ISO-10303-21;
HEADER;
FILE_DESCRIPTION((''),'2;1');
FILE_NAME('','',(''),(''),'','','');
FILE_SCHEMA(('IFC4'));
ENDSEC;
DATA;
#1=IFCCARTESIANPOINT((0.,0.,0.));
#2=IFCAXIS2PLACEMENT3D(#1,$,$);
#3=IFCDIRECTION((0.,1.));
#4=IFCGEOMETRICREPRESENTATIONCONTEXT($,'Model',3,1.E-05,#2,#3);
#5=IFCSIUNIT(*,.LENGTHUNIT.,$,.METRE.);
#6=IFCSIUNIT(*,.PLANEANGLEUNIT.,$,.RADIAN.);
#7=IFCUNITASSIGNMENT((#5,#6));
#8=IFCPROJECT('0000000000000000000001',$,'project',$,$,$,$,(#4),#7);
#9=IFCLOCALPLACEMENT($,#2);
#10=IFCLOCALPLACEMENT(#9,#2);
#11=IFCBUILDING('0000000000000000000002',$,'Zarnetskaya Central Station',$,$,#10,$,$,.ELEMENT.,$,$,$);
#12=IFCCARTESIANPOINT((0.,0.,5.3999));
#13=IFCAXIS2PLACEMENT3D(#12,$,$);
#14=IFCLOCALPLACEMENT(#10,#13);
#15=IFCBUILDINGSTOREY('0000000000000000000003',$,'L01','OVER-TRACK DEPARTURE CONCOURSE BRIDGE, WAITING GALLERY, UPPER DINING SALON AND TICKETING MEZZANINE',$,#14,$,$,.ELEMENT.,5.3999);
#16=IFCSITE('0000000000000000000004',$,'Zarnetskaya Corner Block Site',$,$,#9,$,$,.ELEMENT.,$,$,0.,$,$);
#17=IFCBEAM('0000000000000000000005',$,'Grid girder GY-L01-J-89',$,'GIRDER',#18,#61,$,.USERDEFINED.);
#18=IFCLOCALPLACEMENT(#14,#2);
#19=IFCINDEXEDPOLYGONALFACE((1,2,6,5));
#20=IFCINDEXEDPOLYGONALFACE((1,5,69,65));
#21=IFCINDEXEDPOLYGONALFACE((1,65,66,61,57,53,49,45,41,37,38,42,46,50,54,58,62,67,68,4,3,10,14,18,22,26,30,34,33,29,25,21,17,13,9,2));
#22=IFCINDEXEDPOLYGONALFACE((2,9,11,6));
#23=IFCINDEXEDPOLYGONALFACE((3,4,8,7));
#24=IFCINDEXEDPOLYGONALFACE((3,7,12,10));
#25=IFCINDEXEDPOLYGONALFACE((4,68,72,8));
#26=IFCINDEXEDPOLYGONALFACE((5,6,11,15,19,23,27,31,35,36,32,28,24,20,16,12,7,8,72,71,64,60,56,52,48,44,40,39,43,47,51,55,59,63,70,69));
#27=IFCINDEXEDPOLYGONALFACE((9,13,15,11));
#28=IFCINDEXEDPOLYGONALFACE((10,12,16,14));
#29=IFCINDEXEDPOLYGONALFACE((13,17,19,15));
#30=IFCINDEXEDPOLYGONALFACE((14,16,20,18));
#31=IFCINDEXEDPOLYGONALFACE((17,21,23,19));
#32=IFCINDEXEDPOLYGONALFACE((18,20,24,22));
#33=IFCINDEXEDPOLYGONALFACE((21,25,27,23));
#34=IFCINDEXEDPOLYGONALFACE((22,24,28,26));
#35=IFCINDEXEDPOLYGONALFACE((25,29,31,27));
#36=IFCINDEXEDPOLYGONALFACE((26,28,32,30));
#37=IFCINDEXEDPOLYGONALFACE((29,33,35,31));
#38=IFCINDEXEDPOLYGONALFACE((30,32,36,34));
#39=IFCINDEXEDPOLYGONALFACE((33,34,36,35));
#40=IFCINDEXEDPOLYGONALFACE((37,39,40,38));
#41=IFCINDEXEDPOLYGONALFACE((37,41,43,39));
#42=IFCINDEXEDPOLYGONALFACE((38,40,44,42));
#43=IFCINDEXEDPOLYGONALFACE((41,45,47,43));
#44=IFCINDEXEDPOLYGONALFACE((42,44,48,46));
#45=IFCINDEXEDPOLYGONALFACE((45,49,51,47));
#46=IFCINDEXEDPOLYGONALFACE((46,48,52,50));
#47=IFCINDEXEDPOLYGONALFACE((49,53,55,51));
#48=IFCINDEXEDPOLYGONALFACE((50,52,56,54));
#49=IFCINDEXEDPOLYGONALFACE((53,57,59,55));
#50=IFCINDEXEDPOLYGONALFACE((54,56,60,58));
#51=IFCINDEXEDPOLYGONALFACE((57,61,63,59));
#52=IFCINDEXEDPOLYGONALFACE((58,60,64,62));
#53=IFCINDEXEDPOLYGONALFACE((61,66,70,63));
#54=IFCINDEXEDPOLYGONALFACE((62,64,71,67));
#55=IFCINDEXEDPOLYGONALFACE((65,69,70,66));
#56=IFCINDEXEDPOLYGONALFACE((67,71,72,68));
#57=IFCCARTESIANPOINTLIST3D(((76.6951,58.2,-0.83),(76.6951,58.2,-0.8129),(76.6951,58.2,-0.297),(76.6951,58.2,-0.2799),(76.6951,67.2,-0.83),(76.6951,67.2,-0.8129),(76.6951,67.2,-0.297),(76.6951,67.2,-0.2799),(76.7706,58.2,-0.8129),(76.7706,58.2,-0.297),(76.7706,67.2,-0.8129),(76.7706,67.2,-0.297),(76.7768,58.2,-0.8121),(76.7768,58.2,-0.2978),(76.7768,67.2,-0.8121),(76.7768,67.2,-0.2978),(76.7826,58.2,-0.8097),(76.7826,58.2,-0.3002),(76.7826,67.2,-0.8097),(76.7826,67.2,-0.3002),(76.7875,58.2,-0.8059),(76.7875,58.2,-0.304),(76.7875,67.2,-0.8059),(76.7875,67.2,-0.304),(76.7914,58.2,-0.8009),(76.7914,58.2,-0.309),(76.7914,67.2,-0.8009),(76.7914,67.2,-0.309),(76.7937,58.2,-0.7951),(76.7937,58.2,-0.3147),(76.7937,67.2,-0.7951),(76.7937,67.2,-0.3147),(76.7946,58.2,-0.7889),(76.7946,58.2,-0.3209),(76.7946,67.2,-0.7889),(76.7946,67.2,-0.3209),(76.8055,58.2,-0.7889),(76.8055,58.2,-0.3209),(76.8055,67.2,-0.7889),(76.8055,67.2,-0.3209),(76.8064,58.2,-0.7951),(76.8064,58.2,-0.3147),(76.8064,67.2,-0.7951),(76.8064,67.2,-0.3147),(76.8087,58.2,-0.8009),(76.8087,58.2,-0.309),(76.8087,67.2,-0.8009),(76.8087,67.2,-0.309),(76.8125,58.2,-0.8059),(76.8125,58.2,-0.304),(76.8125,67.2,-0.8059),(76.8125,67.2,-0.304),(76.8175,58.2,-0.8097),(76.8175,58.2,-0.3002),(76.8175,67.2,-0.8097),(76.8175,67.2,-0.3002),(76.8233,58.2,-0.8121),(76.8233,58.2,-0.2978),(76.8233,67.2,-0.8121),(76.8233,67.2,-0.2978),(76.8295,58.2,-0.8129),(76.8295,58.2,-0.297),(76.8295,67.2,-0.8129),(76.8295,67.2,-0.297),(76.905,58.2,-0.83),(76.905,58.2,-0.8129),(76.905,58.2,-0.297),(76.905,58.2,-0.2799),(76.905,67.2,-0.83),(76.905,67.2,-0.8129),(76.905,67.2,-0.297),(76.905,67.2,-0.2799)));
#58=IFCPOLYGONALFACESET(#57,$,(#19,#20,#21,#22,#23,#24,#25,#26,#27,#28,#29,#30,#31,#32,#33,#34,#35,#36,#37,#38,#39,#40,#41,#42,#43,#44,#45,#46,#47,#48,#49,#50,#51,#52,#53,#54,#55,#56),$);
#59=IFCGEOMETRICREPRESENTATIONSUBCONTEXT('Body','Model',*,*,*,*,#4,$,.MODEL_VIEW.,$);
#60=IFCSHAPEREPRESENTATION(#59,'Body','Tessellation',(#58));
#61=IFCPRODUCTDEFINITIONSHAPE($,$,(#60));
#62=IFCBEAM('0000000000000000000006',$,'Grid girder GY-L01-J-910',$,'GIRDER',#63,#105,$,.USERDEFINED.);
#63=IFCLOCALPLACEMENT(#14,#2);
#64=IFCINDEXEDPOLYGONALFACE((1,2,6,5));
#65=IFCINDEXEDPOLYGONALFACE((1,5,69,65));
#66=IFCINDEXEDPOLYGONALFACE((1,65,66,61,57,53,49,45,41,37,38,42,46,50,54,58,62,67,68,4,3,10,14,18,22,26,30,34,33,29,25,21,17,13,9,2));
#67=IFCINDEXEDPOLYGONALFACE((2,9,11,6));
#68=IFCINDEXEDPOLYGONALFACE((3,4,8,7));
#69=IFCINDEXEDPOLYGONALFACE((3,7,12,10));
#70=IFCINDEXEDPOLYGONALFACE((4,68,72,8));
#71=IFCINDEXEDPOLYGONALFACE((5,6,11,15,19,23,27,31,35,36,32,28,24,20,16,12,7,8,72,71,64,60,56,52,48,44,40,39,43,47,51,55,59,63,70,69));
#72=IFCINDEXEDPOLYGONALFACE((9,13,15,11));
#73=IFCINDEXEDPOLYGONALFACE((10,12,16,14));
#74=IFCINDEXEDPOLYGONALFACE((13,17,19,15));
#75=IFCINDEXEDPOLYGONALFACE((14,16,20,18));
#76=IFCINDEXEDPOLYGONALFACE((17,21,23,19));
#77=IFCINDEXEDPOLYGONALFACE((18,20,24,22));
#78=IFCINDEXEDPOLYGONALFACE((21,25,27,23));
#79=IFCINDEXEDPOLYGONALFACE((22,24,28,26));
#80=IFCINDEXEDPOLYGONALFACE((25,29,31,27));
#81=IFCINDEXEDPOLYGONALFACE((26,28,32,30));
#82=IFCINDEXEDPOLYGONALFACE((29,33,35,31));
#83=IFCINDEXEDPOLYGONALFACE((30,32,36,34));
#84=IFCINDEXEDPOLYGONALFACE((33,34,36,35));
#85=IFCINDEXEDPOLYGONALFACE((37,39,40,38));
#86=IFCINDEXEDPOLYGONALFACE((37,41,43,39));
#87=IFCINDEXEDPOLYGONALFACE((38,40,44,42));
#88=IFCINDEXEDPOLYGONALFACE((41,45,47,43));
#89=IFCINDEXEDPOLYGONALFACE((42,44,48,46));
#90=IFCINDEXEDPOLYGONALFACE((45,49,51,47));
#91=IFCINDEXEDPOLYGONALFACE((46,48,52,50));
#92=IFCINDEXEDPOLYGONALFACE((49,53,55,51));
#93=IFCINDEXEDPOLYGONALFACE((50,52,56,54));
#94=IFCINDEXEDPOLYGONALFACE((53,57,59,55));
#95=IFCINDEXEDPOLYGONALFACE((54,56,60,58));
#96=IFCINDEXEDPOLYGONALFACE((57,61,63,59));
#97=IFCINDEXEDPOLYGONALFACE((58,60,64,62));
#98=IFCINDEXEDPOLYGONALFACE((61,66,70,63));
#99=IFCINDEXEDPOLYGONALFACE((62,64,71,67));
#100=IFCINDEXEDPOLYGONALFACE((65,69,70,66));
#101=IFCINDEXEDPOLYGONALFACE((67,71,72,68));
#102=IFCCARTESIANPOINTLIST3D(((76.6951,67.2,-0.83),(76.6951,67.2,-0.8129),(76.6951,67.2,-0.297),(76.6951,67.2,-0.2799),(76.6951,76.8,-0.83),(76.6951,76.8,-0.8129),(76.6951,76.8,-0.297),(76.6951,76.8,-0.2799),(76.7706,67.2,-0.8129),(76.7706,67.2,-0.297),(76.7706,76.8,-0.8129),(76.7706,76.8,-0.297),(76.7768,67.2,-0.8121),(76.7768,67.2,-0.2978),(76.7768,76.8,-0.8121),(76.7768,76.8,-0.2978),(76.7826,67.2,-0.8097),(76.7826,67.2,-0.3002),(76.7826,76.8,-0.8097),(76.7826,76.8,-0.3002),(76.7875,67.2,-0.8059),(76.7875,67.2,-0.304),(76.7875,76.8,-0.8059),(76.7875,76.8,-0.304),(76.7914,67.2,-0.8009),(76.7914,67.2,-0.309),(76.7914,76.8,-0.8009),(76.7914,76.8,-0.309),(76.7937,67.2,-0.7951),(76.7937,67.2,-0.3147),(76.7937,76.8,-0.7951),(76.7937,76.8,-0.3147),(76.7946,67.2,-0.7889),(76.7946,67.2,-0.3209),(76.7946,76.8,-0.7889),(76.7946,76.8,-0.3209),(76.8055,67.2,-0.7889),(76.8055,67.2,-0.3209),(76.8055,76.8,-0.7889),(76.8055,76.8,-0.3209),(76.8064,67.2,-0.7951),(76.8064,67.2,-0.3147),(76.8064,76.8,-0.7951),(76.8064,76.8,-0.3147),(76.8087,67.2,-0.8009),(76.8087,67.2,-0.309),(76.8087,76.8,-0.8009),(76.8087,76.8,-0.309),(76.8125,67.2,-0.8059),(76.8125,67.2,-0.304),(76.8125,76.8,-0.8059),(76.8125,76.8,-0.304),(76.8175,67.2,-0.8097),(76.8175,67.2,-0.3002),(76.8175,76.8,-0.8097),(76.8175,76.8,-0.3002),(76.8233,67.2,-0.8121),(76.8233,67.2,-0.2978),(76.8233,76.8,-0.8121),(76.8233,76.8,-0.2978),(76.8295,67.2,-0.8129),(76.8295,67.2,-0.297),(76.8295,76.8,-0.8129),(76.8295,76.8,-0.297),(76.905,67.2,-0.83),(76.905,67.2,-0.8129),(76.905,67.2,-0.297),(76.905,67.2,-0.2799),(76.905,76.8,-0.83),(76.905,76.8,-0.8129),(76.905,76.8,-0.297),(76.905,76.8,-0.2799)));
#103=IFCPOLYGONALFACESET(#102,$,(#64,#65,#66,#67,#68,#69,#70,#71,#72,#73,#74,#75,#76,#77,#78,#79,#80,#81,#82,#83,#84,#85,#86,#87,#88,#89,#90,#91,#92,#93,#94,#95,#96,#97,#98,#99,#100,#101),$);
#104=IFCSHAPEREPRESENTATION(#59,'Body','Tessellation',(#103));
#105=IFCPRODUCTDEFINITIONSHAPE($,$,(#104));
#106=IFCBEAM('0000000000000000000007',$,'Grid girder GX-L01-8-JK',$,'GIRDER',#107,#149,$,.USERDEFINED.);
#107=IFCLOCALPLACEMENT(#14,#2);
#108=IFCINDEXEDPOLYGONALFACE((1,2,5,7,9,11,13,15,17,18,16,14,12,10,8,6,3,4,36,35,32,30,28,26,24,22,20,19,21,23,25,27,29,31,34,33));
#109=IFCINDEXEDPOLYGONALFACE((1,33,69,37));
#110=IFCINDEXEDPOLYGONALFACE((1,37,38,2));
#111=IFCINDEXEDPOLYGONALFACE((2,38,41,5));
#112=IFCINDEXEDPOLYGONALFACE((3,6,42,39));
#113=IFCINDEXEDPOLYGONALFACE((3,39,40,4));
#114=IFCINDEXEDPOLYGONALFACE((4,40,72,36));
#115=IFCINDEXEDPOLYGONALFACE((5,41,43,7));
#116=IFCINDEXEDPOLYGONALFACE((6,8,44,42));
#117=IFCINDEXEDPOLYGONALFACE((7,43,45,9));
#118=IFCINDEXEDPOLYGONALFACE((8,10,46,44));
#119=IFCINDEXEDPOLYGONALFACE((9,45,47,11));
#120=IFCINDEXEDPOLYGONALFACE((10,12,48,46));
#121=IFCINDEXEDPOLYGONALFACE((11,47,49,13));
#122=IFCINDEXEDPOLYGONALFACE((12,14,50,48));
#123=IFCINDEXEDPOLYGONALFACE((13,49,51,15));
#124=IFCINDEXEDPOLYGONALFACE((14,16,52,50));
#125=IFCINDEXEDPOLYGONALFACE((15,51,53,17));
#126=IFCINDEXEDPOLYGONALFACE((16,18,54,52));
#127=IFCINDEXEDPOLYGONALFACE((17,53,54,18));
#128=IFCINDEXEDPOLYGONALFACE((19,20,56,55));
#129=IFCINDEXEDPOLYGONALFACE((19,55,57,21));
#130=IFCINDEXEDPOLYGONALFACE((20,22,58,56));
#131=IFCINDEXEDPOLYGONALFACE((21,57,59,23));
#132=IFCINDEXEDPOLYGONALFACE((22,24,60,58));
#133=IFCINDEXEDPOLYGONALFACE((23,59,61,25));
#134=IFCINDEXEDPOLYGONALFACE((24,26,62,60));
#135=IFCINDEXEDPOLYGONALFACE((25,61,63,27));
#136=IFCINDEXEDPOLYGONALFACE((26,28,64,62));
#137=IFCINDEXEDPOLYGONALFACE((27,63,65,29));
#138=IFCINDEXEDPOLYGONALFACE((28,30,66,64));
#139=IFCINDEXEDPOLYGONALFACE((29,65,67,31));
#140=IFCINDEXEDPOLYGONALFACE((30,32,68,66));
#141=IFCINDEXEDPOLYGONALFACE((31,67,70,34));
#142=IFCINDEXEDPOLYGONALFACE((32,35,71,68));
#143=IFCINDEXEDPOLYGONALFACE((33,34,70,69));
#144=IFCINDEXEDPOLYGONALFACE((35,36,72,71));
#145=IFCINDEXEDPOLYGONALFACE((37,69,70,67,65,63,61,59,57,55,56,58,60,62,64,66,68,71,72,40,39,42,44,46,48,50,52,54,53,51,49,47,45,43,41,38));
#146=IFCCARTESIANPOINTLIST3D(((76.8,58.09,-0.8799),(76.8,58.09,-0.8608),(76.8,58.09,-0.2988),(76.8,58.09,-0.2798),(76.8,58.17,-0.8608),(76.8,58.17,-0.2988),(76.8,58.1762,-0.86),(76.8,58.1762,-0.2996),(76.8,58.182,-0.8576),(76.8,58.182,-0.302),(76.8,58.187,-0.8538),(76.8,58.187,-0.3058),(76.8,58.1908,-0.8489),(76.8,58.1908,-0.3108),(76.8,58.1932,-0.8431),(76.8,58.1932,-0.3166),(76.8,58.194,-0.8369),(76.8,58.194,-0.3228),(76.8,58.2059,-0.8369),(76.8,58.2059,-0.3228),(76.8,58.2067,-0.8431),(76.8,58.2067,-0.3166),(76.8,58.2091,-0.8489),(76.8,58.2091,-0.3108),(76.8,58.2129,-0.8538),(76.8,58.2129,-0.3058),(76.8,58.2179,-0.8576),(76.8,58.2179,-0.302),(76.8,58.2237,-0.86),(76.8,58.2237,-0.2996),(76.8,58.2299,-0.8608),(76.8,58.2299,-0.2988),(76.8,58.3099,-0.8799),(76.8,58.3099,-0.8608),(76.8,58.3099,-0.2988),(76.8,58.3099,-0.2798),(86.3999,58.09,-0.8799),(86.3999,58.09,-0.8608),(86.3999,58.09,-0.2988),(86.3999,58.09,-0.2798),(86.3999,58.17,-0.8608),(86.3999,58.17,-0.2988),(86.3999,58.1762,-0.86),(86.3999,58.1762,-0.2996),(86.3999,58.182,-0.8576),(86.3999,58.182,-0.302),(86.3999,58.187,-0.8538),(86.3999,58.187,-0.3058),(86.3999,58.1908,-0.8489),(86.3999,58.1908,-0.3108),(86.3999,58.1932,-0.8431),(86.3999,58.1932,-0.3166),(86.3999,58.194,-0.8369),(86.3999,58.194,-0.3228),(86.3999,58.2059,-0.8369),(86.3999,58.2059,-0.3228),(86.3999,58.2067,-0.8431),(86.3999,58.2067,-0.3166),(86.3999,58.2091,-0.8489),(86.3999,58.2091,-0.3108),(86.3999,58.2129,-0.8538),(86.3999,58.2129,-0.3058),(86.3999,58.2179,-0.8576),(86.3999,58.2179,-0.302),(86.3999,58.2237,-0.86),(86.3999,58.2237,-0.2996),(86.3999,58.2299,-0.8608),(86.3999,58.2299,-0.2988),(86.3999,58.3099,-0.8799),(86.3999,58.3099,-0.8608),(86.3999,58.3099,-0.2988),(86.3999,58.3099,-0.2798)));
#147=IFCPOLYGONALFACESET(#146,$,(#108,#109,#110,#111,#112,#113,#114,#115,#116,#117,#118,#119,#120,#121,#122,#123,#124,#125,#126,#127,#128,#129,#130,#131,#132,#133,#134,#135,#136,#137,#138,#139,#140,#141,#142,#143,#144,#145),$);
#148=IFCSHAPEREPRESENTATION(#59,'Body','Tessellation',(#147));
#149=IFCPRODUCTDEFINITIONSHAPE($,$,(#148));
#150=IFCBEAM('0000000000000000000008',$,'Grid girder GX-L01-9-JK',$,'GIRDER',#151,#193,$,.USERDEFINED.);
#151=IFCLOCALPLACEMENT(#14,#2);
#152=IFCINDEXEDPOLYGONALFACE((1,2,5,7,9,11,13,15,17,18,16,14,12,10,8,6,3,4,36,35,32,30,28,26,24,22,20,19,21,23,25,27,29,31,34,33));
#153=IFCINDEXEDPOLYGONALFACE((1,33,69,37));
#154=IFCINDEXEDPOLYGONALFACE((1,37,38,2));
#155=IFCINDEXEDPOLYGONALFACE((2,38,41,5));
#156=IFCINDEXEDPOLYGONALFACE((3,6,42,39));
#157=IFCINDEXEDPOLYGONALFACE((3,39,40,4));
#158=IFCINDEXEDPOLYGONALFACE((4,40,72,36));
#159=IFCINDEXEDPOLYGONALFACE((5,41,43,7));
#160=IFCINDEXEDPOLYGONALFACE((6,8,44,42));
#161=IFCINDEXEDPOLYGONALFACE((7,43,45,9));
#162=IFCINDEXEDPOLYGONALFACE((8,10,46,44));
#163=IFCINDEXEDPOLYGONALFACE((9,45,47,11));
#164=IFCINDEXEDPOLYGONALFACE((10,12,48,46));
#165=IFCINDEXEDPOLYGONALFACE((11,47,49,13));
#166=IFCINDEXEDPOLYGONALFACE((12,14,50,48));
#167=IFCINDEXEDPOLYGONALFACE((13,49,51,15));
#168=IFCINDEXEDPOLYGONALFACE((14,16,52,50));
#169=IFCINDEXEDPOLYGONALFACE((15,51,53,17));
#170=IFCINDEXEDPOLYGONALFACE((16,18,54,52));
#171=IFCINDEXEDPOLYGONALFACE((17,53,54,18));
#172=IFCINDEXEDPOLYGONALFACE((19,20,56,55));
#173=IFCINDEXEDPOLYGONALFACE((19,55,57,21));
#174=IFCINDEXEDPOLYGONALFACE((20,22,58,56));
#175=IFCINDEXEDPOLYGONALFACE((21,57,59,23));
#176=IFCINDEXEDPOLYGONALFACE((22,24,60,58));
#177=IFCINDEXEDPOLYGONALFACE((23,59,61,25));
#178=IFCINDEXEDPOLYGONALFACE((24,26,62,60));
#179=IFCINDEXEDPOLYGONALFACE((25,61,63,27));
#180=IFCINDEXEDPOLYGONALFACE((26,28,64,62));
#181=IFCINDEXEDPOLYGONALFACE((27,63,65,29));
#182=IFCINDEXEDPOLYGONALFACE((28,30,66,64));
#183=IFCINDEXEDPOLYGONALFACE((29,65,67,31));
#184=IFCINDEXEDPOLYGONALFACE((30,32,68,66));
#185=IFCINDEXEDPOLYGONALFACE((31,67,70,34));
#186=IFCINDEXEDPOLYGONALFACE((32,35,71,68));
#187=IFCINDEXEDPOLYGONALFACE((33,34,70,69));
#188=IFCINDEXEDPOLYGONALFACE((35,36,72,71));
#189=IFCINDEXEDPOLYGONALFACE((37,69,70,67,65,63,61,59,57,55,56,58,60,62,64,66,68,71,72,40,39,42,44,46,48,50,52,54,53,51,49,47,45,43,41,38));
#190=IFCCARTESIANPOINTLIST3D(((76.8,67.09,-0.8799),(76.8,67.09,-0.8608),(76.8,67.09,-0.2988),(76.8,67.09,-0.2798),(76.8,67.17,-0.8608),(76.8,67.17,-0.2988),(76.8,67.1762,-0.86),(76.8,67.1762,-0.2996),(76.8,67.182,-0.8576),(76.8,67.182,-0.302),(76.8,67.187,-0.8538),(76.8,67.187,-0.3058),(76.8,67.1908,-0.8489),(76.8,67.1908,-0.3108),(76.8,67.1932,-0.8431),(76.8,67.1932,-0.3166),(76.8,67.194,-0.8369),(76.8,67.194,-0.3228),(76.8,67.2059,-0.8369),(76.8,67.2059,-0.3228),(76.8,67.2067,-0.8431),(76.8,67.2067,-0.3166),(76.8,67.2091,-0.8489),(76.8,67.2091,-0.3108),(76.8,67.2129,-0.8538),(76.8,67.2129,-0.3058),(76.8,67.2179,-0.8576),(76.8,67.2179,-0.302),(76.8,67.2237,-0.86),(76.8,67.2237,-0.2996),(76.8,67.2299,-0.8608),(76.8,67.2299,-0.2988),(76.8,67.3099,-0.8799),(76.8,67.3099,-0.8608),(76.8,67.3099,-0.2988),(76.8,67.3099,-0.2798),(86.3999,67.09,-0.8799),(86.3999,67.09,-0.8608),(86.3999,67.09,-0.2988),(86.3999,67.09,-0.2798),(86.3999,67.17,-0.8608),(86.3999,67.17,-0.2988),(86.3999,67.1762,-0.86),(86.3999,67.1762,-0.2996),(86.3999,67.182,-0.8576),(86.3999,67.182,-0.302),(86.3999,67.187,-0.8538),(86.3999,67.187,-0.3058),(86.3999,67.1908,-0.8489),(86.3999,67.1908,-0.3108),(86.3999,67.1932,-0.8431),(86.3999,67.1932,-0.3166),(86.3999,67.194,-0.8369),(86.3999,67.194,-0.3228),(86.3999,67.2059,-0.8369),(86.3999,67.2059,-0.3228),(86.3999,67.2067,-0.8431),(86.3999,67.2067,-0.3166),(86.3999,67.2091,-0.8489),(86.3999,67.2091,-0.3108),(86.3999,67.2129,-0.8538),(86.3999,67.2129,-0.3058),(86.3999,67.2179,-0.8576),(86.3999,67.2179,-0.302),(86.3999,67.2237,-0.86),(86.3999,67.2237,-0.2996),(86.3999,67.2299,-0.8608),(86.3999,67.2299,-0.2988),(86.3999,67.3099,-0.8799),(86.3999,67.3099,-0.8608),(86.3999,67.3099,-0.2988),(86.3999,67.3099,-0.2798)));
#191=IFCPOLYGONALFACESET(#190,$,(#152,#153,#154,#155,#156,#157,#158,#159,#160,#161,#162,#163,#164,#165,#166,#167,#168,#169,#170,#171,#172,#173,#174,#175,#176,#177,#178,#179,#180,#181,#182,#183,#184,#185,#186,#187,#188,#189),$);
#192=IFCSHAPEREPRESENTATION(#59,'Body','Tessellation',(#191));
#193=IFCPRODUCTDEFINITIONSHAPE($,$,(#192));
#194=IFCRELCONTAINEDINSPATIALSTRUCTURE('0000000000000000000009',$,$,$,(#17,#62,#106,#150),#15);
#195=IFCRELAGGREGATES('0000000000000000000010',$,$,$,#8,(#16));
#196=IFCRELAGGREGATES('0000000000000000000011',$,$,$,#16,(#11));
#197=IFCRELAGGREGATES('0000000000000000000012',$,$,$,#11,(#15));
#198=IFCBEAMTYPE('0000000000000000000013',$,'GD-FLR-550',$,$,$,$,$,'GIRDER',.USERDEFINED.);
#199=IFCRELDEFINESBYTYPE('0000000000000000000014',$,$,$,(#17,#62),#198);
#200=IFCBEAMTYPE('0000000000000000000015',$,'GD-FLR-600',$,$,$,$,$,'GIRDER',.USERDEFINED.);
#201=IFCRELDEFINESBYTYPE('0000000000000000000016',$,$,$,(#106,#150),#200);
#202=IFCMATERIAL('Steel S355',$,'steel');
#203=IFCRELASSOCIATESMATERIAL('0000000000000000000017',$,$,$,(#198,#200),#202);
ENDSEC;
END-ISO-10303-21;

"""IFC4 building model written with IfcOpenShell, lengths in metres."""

from ifc_helpers import new_model, si_unit, direction, frame, origin, origin_2d, place, context, subcontext, project, spatial, i_section, extrude, material, material_profile, profile_set, type_object, element, save


model = new_model("IFC4")

# Units and contexts
model_context = context("Model", 3, precision=1e-05, world=origin(), true_north=direction((0.0, 1.0)))
body_context = subcontext(model_context, "Body", "Model", "MODEL_VIEW")
ifc_project = project(units=[si_unit("LENGTHUNIT", "METRE"), si_unit("PLANEANGLEUNIT", "RADIAN")], contexts=[model_context])

# Site, building, storey
site_placement = place(None, origin())
site = spatial("IfcSite", under=ifc_project, at=site_placement, Name="Zarnetskaya Corner Block Site", CompositionType="ELEMENT", RefElevation=0.0)
building_placement = place(site_placement, origin())
building = spatial("IfcBuilding", under=site, at=building_placement, Name="Zarnetskaya Central Station", CompositionType="ELEMENT")
storey_placement = place(building_placement, frame((0.0, 0.0, 5.3999)))
storey = spatial("IfcBuildingStorey", under=building, at=storey_placement, Name="L01", Description="OVER-TRACK DEPARTURE CONCOURSE BRIDGE, WAITING GALLERY, UPPER DINING SALON AND TICKETING MEZZANINE", CompositionType="ELEMENT", Elevation=5.3999)

# Shared definitions
ifc_material_1 = material(Name="Steel S355", Category="steel")

# Beams
ifc_material_profile_1 = material_profile(ifc_material_1, i_section(OverallWidth=0.21, OverallDepth=0.55, WebThickness=0.011, FlangeThickness=0.0171, FilletRadius=0.0239, at=origin_2d()), Name="IPE 550")
ifc_profile_set_1 = profile_set([ifc_material_profile_1], Name="Steel S355")
beam_type_1 = type_object("IfcBeamType", Name="GD-FLR-550", ElementType="GIRDER", PredefinedType="USERDEFINED", material=ifc_profile_set_1)
beam_1_placement = place(storey_placement, frame((76.8, 58.2, -0.5549), z_axis=(0.0, 1.0, 0.0), x_axis=(-1.0, 0.0, 0.0)))
element("IfcBeam", 1, at=beam_1_placement, inside=storey, type_object=beam_type_1, Name="Grid girder GY-L01-J-89", ObjectType="GIRDER", PredefinedType="USERDEFINED", context=body_context, shape_type="SweptSolid", body=[
    extrude(i_section(OverallWidth=0.21, OverallDepth=0.55, WebThickness=0.011, FlangeThickness=0.0171, FilletRadius=0.0239, at=origin_2d()), origin(), (0.0, 0.0, 1.0), 9.0),
])
beam_2_placement = place(storey_placement, frame((76.8, 67.2, -0.5549), z_axis=(0.0, 1.0, 0.0), x_axis=(-1.0, 0.0, 0.0)))
element("IfcBeam", 2, at=beam_2_placement, inside=storey, type_object=beam_type_1, Name="Grid girder GY-L01-J-910", ObjectType="GIRDER", PredefinedType="USERDEFINED", context=body_context, shape_type="SweptSolid", body=[
    extrude(i_section(OverallWidth=0.21, OverallDepth=0.55, WebThickness=0.011, FlangeThickness=0.0171, FilletRadius=0.0239, at=origin_2d()), origin(), (0.0, 0.0, 1.0), 9.6001),
])
ifc_material_profile_2 = material_profile(ifc_material_1, i_section(OverallWidth=0.22, OverallDepth=0.6001, WebThickness=0.012, FlangeThickness=0.019, FilletRadius=0.0239, at=origin_2d()), Name="IPE 600")
ifc_profile_set_2 = profile_set([ifc_material_profile_2], Name="Steel S355")
beam_type_2 = type_object("IfcBeamType", Name="GD-FLR-600", ElementType="GIRDER", PredefinedType="USERDEFINED", material=ifc_profile_set_2)
for number, where, z_axis, x_axis, name in (
    (3, (76.8, 58.2, -0.5798), (1.0, 0.0, 0.0), (0.0, 1.0, 0.0), "Grid girder GX-L01-8-JK"),
    (4, (76.8, 67.2, -0.5798), (1.0, 0.0, 0.0), (0.0, 1.0, 0.0), "Grid girder GX-L01-9-JK"),
):
    element("IfcBeam", number, at=place(storey_placement, frame(where, z_axis=z_axis, x_axis=x_axis)), inside=storey, type_object=beam_type_2, Name=name, ObjectType="GIRDER", PredefinedType="USERDEFINED", context=body_context, shape_type="SweptSolid", body=[
        extrude(i_section(OverallWidth=0.22, OverallDepth=0.6001, WebThickness=0.012, FlangeThickness=0.019, FilletRadius=0.0239, at=origin_2d()), origin(), (0.0, 0.0, 1.0), 9.5999),
    ])

save(model, "model.ifc")
